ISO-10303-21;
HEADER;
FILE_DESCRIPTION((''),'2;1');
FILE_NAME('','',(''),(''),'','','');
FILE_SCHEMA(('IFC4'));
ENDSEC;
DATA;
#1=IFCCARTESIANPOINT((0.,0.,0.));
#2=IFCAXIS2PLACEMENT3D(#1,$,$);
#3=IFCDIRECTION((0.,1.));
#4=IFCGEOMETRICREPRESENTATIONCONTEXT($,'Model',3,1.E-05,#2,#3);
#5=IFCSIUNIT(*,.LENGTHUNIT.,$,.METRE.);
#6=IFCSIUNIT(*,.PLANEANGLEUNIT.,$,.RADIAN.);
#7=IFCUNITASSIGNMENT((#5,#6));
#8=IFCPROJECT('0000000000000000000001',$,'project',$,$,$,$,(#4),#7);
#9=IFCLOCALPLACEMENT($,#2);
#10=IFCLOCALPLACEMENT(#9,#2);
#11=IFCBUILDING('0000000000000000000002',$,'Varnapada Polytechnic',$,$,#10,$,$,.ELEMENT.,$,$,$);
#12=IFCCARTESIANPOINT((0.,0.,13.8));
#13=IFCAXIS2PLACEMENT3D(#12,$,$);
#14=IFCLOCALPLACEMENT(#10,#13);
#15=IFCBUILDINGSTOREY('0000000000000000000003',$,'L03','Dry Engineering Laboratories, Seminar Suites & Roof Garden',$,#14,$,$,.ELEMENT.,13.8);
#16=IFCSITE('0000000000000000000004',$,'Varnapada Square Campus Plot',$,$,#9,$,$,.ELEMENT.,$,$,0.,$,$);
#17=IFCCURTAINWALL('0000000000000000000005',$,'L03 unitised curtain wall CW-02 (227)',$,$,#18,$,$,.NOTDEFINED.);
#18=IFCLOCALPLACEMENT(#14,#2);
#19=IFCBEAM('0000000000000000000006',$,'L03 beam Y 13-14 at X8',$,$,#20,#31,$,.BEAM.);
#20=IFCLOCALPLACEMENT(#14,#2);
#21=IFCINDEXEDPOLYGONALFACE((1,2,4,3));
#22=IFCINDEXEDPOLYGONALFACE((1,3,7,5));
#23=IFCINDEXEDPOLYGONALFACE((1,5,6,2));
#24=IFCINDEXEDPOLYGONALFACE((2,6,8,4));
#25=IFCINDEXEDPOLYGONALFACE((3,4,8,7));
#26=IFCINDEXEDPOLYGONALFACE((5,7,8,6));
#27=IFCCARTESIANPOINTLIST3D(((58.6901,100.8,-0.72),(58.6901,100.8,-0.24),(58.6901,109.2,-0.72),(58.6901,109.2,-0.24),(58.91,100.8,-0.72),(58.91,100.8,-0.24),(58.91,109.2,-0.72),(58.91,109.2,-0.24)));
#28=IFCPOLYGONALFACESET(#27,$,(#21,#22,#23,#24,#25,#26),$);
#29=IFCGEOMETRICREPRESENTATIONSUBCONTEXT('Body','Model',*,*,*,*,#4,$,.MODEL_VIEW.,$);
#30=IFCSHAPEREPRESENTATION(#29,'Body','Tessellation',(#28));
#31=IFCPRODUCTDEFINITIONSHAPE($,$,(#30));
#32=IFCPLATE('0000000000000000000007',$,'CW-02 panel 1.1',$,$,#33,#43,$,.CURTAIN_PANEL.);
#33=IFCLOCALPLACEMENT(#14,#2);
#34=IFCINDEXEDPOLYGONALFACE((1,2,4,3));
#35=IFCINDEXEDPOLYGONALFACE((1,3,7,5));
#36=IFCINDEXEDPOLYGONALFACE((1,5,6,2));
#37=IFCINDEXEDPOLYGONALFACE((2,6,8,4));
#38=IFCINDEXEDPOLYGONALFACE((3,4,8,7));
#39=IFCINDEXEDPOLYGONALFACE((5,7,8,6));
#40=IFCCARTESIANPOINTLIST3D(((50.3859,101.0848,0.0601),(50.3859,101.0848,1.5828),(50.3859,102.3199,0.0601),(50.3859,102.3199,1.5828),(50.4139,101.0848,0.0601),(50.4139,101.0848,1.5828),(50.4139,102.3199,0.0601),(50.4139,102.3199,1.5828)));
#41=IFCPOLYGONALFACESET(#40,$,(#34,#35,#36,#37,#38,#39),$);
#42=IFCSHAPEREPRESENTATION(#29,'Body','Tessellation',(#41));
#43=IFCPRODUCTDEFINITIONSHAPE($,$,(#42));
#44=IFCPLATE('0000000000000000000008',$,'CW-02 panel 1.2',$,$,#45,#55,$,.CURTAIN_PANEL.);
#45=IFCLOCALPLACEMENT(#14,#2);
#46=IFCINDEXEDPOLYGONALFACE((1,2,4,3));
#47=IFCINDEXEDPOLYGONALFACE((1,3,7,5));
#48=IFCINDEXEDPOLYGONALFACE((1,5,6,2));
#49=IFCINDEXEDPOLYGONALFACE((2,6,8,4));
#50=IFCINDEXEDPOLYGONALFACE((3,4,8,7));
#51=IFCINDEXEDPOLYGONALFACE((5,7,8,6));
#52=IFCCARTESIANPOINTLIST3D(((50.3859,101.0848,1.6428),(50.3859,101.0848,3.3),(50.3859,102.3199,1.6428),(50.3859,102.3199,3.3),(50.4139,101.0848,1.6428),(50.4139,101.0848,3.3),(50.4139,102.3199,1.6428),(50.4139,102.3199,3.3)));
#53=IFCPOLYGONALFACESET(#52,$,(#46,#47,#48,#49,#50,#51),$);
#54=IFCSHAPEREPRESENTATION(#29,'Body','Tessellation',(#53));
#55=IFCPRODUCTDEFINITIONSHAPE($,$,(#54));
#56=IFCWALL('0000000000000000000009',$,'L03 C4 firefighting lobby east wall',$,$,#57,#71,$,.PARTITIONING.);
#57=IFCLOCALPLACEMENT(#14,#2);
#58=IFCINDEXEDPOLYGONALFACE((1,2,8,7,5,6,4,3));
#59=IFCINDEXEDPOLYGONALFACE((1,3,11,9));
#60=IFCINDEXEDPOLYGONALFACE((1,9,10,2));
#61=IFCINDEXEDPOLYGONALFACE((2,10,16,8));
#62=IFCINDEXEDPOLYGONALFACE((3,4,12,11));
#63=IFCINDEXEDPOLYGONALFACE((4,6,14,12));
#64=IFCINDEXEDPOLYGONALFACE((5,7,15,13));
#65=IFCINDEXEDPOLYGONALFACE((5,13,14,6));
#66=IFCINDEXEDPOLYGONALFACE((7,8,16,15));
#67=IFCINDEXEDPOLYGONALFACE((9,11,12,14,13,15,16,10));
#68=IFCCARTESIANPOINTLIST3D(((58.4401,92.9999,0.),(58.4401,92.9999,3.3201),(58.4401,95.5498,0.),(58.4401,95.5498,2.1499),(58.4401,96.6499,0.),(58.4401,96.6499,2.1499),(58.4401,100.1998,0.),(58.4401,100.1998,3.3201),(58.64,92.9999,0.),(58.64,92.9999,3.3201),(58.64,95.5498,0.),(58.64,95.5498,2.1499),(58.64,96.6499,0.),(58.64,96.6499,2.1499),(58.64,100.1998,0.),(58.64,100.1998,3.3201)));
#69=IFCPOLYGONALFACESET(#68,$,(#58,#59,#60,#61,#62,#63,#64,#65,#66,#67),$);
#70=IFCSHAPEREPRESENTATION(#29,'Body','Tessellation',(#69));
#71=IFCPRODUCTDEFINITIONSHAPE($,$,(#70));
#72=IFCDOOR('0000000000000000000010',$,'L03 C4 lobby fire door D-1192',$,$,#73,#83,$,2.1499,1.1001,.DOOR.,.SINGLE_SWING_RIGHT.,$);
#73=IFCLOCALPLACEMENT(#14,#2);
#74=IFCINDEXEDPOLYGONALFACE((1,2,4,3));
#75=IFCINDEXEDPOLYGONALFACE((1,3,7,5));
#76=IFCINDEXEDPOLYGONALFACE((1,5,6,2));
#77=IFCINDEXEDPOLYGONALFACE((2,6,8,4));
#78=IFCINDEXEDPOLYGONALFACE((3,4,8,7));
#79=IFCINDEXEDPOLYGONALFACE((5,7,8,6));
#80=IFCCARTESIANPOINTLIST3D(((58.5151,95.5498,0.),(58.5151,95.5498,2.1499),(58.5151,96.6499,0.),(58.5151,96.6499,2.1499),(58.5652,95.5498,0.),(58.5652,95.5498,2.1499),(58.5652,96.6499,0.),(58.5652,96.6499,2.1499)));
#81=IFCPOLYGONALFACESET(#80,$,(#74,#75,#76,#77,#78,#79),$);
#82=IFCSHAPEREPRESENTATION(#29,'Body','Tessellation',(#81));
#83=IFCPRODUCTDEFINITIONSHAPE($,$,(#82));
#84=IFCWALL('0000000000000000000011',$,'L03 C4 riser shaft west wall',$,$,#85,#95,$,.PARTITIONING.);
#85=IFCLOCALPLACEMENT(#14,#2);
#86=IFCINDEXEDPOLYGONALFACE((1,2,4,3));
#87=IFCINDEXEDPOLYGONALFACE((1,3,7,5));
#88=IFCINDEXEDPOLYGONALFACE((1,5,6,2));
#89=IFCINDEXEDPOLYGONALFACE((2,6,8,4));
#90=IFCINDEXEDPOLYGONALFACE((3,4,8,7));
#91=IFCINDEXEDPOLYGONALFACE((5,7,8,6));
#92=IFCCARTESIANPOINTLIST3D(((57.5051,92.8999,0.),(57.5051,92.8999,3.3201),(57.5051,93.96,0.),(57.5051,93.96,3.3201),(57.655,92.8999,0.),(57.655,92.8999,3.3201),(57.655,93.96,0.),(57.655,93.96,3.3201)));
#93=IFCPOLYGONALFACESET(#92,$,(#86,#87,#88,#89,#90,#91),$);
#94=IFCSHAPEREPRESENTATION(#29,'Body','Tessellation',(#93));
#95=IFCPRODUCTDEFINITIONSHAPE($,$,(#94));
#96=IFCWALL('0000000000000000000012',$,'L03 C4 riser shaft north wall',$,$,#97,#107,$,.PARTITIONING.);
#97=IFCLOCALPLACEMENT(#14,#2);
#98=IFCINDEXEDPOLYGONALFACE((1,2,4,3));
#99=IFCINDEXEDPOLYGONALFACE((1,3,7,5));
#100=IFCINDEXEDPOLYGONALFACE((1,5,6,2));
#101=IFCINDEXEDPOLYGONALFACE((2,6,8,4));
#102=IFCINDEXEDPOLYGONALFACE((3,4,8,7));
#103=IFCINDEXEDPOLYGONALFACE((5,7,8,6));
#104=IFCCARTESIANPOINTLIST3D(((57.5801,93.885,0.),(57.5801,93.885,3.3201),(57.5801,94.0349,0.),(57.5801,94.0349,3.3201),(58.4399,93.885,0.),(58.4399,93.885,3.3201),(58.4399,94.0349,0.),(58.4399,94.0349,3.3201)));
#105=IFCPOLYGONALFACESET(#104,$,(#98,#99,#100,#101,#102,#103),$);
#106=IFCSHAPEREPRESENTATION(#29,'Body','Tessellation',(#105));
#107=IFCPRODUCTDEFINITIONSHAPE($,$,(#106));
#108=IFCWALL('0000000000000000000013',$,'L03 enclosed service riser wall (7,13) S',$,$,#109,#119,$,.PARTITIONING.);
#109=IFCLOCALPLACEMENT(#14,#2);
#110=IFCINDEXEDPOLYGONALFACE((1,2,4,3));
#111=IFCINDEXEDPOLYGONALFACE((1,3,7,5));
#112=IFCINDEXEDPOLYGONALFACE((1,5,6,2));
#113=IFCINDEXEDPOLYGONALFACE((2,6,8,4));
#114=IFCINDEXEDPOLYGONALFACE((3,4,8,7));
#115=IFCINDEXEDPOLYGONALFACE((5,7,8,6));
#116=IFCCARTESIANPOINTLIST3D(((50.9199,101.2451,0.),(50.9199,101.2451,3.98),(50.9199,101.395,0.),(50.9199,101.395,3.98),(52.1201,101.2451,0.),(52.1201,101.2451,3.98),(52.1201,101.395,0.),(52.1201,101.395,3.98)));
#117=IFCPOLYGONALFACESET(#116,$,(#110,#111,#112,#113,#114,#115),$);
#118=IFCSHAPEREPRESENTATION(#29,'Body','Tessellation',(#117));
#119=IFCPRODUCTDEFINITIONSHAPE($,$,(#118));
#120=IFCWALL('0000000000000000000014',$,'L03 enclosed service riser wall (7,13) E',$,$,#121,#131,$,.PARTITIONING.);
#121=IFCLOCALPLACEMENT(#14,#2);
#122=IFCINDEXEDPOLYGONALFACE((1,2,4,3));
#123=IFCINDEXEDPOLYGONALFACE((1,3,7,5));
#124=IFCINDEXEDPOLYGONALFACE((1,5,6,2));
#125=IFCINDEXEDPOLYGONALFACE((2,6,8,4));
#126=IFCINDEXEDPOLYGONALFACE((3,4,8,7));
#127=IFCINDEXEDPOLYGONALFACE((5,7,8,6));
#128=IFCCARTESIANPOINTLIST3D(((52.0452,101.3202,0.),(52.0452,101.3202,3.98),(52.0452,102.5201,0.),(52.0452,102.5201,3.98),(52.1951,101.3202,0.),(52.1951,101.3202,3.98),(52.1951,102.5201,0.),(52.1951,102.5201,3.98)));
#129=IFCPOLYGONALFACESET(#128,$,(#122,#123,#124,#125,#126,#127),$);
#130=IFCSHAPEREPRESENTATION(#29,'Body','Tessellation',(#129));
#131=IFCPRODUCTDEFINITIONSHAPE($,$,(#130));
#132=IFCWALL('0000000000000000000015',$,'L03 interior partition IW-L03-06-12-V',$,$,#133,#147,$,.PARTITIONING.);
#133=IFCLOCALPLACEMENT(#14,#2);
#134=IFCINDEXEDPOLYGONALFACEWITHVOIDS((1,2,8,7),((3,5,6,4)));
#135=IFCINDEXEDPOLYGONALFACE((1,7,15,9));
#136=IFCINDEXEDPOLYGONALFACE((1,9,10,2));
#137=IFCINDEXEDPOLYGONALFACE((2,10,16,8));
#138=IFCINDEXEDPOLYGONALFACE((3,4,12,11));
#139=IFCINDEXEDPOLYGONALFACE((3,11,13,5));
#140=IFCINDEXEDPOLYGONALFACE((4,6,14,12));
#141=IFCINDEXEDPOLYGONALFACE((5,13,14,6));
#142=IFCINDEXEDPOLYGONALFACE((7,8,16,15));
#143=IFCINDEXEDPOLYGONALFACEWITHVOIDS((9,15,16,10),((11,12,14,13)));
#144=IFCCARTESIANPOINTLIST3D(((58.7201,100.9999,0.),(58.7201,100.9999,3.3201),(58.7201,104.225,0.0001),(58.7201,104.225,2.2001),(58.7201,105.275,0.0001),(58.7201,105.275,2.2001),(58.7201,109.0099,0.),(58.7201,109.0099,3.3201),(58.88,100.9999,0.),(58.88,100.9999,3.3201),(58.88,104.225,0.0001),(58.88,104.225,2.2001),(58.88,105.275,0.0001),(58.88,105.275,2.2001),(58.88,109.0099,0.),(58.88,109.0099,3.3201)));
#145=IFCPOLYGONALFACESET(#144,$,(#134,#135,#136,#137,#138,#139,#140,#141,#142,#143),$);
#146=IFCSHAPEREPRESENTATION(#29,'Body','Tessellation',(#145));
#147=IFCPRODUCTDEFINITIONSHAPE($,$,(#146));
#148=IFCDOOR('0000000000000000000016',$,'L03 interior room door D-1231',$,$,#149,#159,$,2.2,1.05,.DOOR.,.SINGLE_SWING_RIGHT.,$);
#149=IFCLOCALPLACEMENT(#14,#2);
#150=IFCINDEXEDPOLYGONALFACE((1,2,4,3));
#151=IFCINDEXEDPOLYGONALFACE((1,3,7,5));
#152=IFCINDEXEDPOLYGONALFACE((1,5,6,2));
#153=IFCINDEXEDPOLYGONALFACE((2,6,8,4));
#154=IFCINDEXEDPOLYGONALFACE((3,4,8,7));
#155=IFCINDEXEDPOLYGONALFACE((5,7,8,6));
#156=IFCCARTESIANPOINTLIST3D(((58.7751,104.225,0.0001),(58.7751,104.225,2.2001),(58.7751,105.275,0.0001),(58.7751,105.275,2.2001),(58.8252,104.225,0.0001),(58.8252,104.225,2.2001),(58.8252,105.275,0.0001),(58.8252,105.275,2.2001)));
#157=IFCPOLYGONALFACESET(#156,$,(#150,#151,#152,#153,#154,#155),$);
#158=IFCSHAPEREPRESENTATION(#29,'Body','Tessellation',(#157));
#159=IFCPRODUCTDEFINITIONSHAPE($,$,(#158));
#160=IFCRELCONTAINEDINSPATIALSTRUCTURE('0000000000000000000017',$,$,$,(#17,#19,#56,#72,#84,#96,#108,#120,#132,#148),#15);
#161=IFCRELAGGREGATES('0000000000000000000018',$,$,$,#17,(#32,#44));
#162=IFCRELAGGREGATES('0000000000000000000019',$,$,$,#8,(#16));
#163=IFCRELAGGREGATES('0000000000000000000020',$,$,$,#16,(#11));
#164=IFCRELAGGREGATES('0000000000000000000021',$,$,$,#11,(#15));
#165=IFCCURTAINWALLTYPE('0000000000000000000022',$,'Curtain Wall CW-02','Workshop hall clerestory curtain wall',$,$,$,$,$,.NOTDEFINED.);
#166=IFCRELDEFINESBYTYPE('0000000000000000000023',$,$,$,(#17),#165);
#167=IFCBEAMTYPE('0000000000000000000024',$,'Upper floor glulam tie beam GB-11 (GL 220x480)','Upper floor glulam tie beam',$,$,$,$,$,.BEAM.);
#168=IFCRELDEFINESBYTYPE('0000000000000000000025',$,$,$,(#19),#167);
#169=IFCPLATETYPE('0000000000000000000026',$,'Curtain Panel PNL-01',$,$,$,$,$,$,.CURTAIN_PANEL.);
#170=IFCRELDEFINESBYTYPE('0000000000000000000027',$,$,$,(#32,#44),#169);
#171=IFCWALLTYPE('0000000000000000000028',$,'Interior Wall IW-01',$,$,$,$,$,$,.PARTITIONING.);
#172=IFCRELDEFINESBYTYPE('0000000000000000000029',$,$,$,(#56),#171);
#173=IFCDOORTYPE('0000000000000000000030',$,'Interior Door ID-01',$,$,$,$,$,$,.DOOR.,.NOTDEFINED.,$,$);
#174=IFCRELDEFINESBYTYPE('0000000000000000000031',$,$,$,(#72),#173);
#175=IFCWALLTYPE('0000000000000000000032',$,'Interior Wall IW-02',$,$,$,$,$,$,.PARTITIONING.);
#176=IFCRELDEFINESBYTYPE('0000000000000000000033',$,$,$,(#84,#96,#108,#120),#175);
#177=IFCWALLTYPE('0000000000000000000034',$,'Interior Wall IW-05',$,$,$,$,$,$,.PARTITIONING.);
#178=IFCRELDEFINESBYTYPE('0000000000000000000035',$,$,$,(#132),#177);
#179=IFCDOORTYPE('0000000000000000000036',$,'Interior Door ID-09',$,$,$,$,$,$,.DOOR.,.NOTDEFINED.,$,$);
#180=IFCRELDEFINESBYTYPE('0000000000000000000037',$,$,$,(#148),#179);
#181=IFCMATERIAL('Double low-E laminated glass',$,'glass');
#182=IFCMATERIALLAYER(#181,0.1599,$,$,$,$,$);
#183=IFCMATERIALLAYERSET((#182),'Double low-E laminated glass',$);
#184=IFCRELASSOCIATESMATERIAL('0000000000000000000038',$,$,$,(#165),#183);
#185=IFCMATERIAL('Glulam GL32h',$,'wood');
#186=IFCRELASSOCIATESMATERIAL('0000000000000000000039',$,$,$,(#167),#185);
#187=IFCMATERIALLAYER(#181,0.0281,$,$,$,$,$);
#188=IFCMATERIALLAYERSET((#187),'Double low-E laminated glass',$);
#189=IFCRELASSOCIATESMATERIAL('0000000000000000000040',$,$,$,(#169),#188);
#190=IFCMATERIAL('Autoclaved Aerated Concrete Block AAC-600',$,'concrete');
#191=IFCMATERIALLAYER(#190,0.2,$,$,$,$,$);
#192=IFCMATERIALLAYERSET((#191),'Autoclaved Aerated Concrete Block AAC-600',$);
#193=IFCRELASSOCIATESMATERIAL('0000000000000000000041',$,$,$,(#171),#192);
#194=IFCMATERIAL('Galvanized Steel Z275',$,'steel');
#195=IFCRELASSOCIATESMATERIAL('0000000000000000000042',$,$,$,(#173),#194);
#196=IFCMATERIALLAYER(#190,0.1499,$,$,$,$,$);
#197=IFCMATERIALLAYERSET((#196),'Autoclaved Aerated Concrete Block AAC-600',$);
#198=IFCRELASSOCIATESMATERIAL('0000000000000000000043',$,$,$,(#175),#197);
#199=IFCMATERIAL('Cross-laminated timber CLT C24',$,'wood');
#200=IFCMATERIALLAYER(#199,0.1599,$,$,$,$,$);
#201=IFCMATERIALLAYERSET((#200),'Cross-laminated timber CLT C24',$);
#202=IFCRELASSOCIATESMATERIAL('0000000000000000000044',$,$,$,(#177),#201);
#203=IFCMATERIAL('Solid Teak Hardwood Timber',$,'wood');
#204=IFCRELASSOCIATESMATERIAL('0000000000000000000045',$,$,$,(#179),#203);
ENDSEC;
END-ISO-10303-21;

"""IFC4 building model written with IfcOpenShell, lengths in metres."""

from ifc_helpers import new_model, si_unit, direction, frame, frame_2d, origin, origin_2d, place, context, subcontext, project, spatial, rectangle, extrude, material, layer, layer_set, material_profile, profile_set, type_object, element, fill, aggregate, save


model = new_model("IFC4")

# Units and contexts
model_context = context("Model", 3, precision=1e-05, world=origin(), true_north=direction((0.0, 1.0)))
body_context = subcontext(model_context, "Body", "Model", "MODEL_VIEW")
ifc_project = project(units=[si_unit("LENGTHUNIT", "METRE"), si_unit("PLANEANGLEUNIT", "RADIAN")], contexts=[model_context])

# Site, building, storey
site_placement = place(None, origin())
site = spatial("IfcSite", under=ifc_project, at=site_placement, Name="Varnapada Square Campus Plot", CompositionType="ELEMENT", RefElevation=0.0)
building_placement = place(site_placement, origin())
building = spatial("IfcBuilding", under=site, at=building_placement, Name="Varnapada Polytechnic", CompositionType="ELEMENT")
storey_placement = place(building_placement, frame((0.0, 0.0, 13.8)))
storey = spatial("IfcBuildingStorey", under=building, at=storey_placement, Name="L03", Description="Dry Engineering Laboratories, Seminar Suites & Roof Garden", CompositionType="ELEMENT", Elevation=13.8)

# Shared definitions
ifc_material_1 = material(Name="Glulam GL32h", Category="wood")

# Curtain wall
ifc_material_2 = material(Name="Double low-E laminated glass", Category="glass")
ifc_layer_1 = layer(ifc_material_2, 0.1599)
ifc_layer_set_1 = layer_set([ifc_layer_1], Name="Double low-E laminated glass")
curtain_wall_type = type_object("IfcCurtainWallType", Name="Curtain Wall CW-02", Description="Workshop hall clerestory curtain wall", PredefinedType="NOTDEFINED", material=ifc_layer_set_1)
curtain_wall_placement = place(storey_placement, origin())
curtain_wall = element("IfcCurtainWall", 1, at=curtain_wall_placement, inside=storey, type_object=curtain_wall_type, Name="L03 unitised curtain wall CW-02 (227)", PredefinedType="NOTDEFINED")

# Beam
ifc_material_profile_1 = material_profile(ifc_material_1, rectangle(XDim=0.22, YDim=0.48, at=origin_2d()), Name="GL 220x480")
ifc_profile_set_1 = profile_set([ifc_material_profile_1], Name="Glulam GL32h")
beam_type_1 = type_object("IfcBeamType", Name="Upper floor glulam tie beam GB-11 (GL 220x480)", Description="Upper floor glulam tie beam", PredefinedType="BEAM", material=ifc_profile_set_1)
beam_1_placement = place(storey_placement, frame((58.8, 100.8, -0.48), z_axis=(0.0, 1.0, 0.0), x_axis=(-1.0, 0.0, 0.0)))
element("IfcBeam", 2, at=beam_1_placement, inside=storey, type_object=beam_type_1, Name="L03 beam Y 13-14 at X8", PredefinedType="BEAM", context=body_context, shape_type="SweptSolid", body=[
    extrude(rectangle(XDim=0.22, YDim=0.48, at=origin_2d()), origin(), (0.0, 0.0, 1.0), 8.3999),
])

# Plates
ifc_layer_2 = layer(ifc_material_2, 0.0281)
ifc_layer_set_2 = layer_set([ifc_layer_2], Name="Double low-E laminated glass")
plate_type = type_object("IfcPlateType", Name="Curtain Panel PNL-01", PredefinedType="CURTAIN_PANEL", material=ifc_layer_set_2)
plate_1_placement = place(storey_placement, frame((50.3999, 101.7024, 0.0601), z_axis=(0.0, 0.0, 1.0), x_axis=(0.0, 1.0, 0.0)))
plate_1 = element("IfcPlate", 3, at=plate_1_placement, type_object=plate_type, Name="CW-02 panel 1.1", PredefinedType="CURTAIN_PANEL", context=body_context, shape_type="SweptSolid", body=[
    extrude(rectangle(XDim=1.2351, YDim=0.0281, at=origin_2d()), origin(), (0.0, 0.0, 1.0), 1.5227),
])
plate_2_placement = place(storey_placement, frame((50.3999, 101.7024, 1.6428), z_axis=(0.0, 0.0, 1.0), x_axis=(0.0, 1.0, 0.0)))
plate_2 = element("IfcPlate", 4, at=plate_2_placement, type_object=plate_type, Name="CW-02 panel 1.2", PredefinedType="CURTAIN_PANEL", context=body_context, shape_type="SweptSolid", body=[
    extrude(rectangle(XDim=1.2351, YDim=0.0281, at=origin_2d()), origin(), (0.0, 0.0, 1.0), 1.6572),
])
aggregate(curtain_wall, [plate_1, plate_2])

# Wall, opening, door
ifc_material_3 = material(Name="Autoclaved Aerated Concrete Block AAC-600", Category="concrete")
ifc_layer_3 = layer(ifc_material_3, 0.2)
ifc_layer_set_3 = layer_set([ifc_layer_3], Name="Autoclaved Aerated Concrete Block AAC-600")
wall_type_1 = type_object("IfcWallType", Name="Interior Wall IW-01", PredefinedType="PARTITIONING", material=ifc_layer_set_3)
wall_1_placement = place(storey_placement, frame((58.54, 100.2, 0.0), z_axis=(0.0, 0.0, 1.0), x_axis=(0.0, -1.0, 0.0)))
wall_1 = element("IfcWall", 5, at=wall_1_placement, inside=storey, type_object=wall_type_1, Name="L03 C4 firefighting lobby east wall", PredefinedType="PARTITIONING", context=body_context, shape_type="SweptSolid", body=[
    extrude(rectangle(XDim=7.2, YDim=0.2, at=frame_2d((3.6001, 0.0))), origin(), (0.0, 0.0, 1.0), 3.3201),
])
opening_1_placement = place(wall_1_placement, frame((3.55, 0.0, 0.0)))
opening_1 = element("IfcOpeningElement", 6, at=opening_1_placement, cuts=wall_1, PredefinedType="OPENING", context=body_context, shape_type="SweptSolid", body=[
    extrude(rectangle(XDim=1.1001, YDim=2.1499, at=frame_2d((0.55, 1.075))), frame((0.0, 0.1099, 0.0), z_axis=(0.0, -1.0, 0.0), x_axis=(1.0, 0.0, 0.0)), (0.0, 0.0, 1.0), 0.22),
])
ifc_material_4 = material(Name="Galvanized Steel Z275", Category="steel")
door_type_1 = type_object("IfcDoorType", Name="Interior Door ID-01", OperationType="NOTDEFINED", PredefinedType="DOOR", material=ifc_material_4)
door_1_placement = place(opening_1_placement, frame((1.1001, 0.0, 0.0), z_axis=(0.0, 0.0, 1.0), x_axis=(-1.0, 0.0, 0.0)))
door_1 = element("IfcDoor", 7, at=door_1_placement, inside=storey, type_object=door_type_1, Name="L03 C4 lobby fire door D-1192", OperationType="SINGLE_SWING_RIGHT", OverallHeight=2.1499, OverallWidth=1.1001, PredefinedType="DOOR", context=body_context, shape_type="SweptSolid", body=[
    extrude(rectangle(XDim=1.1001, YDim=2.1499, at=frame_2d((0.55, 1.075))), frame((0.0, 0.0249, 0.0), z_axis=(0.0, -1.0, 0.0), x_axis=(1.0, 0.0, 0.0)), (0.0, 0.0, 1.0), 0.05),
])
fill(opening_1, door_1)

# Walls
ifc_layer_4 = layer(ifc_material_3, 0.1499)
ifc_layer_set_4 = layer_set([ifc_layer_4], Name="Autoclaved Aerated Concrete Block AAC-600")
wall_type_2 = type_object("IfcWallType", Name="Interior Wall IW-02", PredefinedType="PARTITIONING", material=ifc_layer_set_4)
wall_2_placement = place(storey_placement, frame((57.5801, 93.96, 0.0), z_axis=(0.0, 0.0, 1.0), x_axis=(0.0, -1.0, 0.0)))
element("IfcWall", 8, at=wall_2_placement, inside=storey, type_object=wall_type_2, Name="L03 C4 riser shaft west wall", PredefinedType="PARTITIONING", context=body_context, shape_type="SweptSolid", body=[
    extrude(rectangle(XDim=1.0601, YDim=0.1499, at=frame_2d((0.53, 0.0))), origin(), (0.0, 0.0, 1.0), 3.3201),
])
wall_3_placement = place(storey_placement, frame((57.5801, 93.96, 0.0), z_axis=(0.0, 0.0, 1.0), x_axis=(1.0, 0.0, 0.0)))
element("IfcWall", 9, at=wall_3_placement, inside=storey, type_object=wall_type_2, Name="L03 C4 riser shaft north wall", PredefinedType="PARTITIONING", context=body_context, shape_type="SweptSolid", body=[
    extrude(rectangle(XDim=0.8599, YDim=0.1499, at=frame_2d((0.4299, 0.0))), origin(), (0.0, 0.0, 1.0), 3.3201),
])
wall_4_placement = place(storey_placement, frame((50.9199, 101.3201, 0.0), z_axis=(0.0, 0.0, 1.0), x_axis=(1.0, 0.0, 0.0)))
element("IfcWall", 10, at=wall_4_placement, inside=storey, type_object=wall_type_2, Name="L03 enclosed service riser wall (7,13) S", PredefinedType="PARTITIONING", context=body_context, shape_type="SweptSolid", body=[
    extrude(rectangle(XDim=1.2002, YDim=0.1499, at=frame_2d((0.6001, 0.0))), origin(), (0.0, 0.0, 1.0), 3.98),
])
wall_5_placement = place(storey_placement, frame((52.1201, 101.3201, 0.0), z_axis=(0.0, 0.0, 1.0), x_axis=(0.0, 1.0, 0.0)))
element("IfcWall", 11, at=wall_5_placement, inside=storey, type_object=wall_type_2, Name="L03 enclosed service riser wall (7,13) E", PredefinedType="PARTITIONING", context=body_context, shape_type="SweptSolid", body=[
    extrude(rectangle(XDim=1.2, YDim=0.1499, at=frame_2d((0.6001, 0.0))), origin(), (0.0, 0.0, 1.0), 3.98),
])

# Wall, opening, door
ifc_material_5 = material(Name="Cross-laminated timber CLT C24", Category="wood")
ifc_layer_5 = layer(ifc_material_5, 0.1599)
ifc_layer_set_5 = layer_set([ifc_layer_5], Name="Cross-laminated timber CLT C24")
wall_type_3 = type_object("IfcWallType", Name="Interior Wall IW-05", PredefinedType="PARTITIONING", material=ifc_layer_set_5)
wall_6_placement = place(storey_placement, frame((58.8, 101.0, 0.0), z_axis=(0.0, 0.0, 1.0), x_axis=(0.0, 1.0, 0.0)))
wall_6 = element("IfcWall", 12, at=wall_6_placement, inside=storey, type_object=wall_type_3, Name="L03 interior partition IW-L03-06-12-V", PredefinedType="PARTITIONING", context=body_context, shape_type="SweptSolid", body=[
    extrude(rectangle(XDim=8.01, YDim=0.1599, at=frame_2d((4.0049, 0.0))), origin(), (0.0, 0.0, 1.0), 3.3201),
])
opening_2_placement = place(wall_6_placement, frame((3.2251, 0.0, 0.0)))
opening_2 = element("IfcOpeningElement", 13, at=opening_2_placement, cuts=wall_6, PredefinedType="OPENING", context=body_context, shape_type="SweptSolid", body=[
    extrude(rectangle(XDim=1.05, YDim=2.2, at=frame_2d((0.5249, 1.1001))), frame((0.0, 0.0898, 0.0), z_axis=(0.0, -1.0, 0.0), x_axis=(1.0, 0.0, 0.0)), (0.0, 0.0, 1.0), 0.1799),
])
ifc_material_6 = material(Name="Solid Teak Hardwood Timber", Category="wood")
door_type_2 = type_object("IfcDoorType", Name="Interior Door ID-09", OperationType="NOTDEFINED", PredefinedType="DOOR", material=ifc_material_6)
door_2_placement = place(opening_2_placement, origin())
door_2 = element("IfcDoor", 14, at=door_2_placement, inside=storey, type_object=door_type_2, Name="L03 interior room door D-1231", OperationType="SINGLE_SWING_RIGHT", OverallHeight=2.2, OverallWidth=1.05, PredefinedType="DOOR", context=body_context, shape_type="SweptSolid", body=[
    extrude(rectangle(XDim=1.05, YDim=2.2, at=frame_2d((0.5249, 1.1001))), frame((0.0, 0.0249, 0.0), z_axis=(0.0, -1.0, 0.0), x_axis=(1.0, 0.0, 0.0)), (0.0, 0.0, 1.0), 0.05),
])
fill(opening_2, door_2)

save(model, "model.ifc")
